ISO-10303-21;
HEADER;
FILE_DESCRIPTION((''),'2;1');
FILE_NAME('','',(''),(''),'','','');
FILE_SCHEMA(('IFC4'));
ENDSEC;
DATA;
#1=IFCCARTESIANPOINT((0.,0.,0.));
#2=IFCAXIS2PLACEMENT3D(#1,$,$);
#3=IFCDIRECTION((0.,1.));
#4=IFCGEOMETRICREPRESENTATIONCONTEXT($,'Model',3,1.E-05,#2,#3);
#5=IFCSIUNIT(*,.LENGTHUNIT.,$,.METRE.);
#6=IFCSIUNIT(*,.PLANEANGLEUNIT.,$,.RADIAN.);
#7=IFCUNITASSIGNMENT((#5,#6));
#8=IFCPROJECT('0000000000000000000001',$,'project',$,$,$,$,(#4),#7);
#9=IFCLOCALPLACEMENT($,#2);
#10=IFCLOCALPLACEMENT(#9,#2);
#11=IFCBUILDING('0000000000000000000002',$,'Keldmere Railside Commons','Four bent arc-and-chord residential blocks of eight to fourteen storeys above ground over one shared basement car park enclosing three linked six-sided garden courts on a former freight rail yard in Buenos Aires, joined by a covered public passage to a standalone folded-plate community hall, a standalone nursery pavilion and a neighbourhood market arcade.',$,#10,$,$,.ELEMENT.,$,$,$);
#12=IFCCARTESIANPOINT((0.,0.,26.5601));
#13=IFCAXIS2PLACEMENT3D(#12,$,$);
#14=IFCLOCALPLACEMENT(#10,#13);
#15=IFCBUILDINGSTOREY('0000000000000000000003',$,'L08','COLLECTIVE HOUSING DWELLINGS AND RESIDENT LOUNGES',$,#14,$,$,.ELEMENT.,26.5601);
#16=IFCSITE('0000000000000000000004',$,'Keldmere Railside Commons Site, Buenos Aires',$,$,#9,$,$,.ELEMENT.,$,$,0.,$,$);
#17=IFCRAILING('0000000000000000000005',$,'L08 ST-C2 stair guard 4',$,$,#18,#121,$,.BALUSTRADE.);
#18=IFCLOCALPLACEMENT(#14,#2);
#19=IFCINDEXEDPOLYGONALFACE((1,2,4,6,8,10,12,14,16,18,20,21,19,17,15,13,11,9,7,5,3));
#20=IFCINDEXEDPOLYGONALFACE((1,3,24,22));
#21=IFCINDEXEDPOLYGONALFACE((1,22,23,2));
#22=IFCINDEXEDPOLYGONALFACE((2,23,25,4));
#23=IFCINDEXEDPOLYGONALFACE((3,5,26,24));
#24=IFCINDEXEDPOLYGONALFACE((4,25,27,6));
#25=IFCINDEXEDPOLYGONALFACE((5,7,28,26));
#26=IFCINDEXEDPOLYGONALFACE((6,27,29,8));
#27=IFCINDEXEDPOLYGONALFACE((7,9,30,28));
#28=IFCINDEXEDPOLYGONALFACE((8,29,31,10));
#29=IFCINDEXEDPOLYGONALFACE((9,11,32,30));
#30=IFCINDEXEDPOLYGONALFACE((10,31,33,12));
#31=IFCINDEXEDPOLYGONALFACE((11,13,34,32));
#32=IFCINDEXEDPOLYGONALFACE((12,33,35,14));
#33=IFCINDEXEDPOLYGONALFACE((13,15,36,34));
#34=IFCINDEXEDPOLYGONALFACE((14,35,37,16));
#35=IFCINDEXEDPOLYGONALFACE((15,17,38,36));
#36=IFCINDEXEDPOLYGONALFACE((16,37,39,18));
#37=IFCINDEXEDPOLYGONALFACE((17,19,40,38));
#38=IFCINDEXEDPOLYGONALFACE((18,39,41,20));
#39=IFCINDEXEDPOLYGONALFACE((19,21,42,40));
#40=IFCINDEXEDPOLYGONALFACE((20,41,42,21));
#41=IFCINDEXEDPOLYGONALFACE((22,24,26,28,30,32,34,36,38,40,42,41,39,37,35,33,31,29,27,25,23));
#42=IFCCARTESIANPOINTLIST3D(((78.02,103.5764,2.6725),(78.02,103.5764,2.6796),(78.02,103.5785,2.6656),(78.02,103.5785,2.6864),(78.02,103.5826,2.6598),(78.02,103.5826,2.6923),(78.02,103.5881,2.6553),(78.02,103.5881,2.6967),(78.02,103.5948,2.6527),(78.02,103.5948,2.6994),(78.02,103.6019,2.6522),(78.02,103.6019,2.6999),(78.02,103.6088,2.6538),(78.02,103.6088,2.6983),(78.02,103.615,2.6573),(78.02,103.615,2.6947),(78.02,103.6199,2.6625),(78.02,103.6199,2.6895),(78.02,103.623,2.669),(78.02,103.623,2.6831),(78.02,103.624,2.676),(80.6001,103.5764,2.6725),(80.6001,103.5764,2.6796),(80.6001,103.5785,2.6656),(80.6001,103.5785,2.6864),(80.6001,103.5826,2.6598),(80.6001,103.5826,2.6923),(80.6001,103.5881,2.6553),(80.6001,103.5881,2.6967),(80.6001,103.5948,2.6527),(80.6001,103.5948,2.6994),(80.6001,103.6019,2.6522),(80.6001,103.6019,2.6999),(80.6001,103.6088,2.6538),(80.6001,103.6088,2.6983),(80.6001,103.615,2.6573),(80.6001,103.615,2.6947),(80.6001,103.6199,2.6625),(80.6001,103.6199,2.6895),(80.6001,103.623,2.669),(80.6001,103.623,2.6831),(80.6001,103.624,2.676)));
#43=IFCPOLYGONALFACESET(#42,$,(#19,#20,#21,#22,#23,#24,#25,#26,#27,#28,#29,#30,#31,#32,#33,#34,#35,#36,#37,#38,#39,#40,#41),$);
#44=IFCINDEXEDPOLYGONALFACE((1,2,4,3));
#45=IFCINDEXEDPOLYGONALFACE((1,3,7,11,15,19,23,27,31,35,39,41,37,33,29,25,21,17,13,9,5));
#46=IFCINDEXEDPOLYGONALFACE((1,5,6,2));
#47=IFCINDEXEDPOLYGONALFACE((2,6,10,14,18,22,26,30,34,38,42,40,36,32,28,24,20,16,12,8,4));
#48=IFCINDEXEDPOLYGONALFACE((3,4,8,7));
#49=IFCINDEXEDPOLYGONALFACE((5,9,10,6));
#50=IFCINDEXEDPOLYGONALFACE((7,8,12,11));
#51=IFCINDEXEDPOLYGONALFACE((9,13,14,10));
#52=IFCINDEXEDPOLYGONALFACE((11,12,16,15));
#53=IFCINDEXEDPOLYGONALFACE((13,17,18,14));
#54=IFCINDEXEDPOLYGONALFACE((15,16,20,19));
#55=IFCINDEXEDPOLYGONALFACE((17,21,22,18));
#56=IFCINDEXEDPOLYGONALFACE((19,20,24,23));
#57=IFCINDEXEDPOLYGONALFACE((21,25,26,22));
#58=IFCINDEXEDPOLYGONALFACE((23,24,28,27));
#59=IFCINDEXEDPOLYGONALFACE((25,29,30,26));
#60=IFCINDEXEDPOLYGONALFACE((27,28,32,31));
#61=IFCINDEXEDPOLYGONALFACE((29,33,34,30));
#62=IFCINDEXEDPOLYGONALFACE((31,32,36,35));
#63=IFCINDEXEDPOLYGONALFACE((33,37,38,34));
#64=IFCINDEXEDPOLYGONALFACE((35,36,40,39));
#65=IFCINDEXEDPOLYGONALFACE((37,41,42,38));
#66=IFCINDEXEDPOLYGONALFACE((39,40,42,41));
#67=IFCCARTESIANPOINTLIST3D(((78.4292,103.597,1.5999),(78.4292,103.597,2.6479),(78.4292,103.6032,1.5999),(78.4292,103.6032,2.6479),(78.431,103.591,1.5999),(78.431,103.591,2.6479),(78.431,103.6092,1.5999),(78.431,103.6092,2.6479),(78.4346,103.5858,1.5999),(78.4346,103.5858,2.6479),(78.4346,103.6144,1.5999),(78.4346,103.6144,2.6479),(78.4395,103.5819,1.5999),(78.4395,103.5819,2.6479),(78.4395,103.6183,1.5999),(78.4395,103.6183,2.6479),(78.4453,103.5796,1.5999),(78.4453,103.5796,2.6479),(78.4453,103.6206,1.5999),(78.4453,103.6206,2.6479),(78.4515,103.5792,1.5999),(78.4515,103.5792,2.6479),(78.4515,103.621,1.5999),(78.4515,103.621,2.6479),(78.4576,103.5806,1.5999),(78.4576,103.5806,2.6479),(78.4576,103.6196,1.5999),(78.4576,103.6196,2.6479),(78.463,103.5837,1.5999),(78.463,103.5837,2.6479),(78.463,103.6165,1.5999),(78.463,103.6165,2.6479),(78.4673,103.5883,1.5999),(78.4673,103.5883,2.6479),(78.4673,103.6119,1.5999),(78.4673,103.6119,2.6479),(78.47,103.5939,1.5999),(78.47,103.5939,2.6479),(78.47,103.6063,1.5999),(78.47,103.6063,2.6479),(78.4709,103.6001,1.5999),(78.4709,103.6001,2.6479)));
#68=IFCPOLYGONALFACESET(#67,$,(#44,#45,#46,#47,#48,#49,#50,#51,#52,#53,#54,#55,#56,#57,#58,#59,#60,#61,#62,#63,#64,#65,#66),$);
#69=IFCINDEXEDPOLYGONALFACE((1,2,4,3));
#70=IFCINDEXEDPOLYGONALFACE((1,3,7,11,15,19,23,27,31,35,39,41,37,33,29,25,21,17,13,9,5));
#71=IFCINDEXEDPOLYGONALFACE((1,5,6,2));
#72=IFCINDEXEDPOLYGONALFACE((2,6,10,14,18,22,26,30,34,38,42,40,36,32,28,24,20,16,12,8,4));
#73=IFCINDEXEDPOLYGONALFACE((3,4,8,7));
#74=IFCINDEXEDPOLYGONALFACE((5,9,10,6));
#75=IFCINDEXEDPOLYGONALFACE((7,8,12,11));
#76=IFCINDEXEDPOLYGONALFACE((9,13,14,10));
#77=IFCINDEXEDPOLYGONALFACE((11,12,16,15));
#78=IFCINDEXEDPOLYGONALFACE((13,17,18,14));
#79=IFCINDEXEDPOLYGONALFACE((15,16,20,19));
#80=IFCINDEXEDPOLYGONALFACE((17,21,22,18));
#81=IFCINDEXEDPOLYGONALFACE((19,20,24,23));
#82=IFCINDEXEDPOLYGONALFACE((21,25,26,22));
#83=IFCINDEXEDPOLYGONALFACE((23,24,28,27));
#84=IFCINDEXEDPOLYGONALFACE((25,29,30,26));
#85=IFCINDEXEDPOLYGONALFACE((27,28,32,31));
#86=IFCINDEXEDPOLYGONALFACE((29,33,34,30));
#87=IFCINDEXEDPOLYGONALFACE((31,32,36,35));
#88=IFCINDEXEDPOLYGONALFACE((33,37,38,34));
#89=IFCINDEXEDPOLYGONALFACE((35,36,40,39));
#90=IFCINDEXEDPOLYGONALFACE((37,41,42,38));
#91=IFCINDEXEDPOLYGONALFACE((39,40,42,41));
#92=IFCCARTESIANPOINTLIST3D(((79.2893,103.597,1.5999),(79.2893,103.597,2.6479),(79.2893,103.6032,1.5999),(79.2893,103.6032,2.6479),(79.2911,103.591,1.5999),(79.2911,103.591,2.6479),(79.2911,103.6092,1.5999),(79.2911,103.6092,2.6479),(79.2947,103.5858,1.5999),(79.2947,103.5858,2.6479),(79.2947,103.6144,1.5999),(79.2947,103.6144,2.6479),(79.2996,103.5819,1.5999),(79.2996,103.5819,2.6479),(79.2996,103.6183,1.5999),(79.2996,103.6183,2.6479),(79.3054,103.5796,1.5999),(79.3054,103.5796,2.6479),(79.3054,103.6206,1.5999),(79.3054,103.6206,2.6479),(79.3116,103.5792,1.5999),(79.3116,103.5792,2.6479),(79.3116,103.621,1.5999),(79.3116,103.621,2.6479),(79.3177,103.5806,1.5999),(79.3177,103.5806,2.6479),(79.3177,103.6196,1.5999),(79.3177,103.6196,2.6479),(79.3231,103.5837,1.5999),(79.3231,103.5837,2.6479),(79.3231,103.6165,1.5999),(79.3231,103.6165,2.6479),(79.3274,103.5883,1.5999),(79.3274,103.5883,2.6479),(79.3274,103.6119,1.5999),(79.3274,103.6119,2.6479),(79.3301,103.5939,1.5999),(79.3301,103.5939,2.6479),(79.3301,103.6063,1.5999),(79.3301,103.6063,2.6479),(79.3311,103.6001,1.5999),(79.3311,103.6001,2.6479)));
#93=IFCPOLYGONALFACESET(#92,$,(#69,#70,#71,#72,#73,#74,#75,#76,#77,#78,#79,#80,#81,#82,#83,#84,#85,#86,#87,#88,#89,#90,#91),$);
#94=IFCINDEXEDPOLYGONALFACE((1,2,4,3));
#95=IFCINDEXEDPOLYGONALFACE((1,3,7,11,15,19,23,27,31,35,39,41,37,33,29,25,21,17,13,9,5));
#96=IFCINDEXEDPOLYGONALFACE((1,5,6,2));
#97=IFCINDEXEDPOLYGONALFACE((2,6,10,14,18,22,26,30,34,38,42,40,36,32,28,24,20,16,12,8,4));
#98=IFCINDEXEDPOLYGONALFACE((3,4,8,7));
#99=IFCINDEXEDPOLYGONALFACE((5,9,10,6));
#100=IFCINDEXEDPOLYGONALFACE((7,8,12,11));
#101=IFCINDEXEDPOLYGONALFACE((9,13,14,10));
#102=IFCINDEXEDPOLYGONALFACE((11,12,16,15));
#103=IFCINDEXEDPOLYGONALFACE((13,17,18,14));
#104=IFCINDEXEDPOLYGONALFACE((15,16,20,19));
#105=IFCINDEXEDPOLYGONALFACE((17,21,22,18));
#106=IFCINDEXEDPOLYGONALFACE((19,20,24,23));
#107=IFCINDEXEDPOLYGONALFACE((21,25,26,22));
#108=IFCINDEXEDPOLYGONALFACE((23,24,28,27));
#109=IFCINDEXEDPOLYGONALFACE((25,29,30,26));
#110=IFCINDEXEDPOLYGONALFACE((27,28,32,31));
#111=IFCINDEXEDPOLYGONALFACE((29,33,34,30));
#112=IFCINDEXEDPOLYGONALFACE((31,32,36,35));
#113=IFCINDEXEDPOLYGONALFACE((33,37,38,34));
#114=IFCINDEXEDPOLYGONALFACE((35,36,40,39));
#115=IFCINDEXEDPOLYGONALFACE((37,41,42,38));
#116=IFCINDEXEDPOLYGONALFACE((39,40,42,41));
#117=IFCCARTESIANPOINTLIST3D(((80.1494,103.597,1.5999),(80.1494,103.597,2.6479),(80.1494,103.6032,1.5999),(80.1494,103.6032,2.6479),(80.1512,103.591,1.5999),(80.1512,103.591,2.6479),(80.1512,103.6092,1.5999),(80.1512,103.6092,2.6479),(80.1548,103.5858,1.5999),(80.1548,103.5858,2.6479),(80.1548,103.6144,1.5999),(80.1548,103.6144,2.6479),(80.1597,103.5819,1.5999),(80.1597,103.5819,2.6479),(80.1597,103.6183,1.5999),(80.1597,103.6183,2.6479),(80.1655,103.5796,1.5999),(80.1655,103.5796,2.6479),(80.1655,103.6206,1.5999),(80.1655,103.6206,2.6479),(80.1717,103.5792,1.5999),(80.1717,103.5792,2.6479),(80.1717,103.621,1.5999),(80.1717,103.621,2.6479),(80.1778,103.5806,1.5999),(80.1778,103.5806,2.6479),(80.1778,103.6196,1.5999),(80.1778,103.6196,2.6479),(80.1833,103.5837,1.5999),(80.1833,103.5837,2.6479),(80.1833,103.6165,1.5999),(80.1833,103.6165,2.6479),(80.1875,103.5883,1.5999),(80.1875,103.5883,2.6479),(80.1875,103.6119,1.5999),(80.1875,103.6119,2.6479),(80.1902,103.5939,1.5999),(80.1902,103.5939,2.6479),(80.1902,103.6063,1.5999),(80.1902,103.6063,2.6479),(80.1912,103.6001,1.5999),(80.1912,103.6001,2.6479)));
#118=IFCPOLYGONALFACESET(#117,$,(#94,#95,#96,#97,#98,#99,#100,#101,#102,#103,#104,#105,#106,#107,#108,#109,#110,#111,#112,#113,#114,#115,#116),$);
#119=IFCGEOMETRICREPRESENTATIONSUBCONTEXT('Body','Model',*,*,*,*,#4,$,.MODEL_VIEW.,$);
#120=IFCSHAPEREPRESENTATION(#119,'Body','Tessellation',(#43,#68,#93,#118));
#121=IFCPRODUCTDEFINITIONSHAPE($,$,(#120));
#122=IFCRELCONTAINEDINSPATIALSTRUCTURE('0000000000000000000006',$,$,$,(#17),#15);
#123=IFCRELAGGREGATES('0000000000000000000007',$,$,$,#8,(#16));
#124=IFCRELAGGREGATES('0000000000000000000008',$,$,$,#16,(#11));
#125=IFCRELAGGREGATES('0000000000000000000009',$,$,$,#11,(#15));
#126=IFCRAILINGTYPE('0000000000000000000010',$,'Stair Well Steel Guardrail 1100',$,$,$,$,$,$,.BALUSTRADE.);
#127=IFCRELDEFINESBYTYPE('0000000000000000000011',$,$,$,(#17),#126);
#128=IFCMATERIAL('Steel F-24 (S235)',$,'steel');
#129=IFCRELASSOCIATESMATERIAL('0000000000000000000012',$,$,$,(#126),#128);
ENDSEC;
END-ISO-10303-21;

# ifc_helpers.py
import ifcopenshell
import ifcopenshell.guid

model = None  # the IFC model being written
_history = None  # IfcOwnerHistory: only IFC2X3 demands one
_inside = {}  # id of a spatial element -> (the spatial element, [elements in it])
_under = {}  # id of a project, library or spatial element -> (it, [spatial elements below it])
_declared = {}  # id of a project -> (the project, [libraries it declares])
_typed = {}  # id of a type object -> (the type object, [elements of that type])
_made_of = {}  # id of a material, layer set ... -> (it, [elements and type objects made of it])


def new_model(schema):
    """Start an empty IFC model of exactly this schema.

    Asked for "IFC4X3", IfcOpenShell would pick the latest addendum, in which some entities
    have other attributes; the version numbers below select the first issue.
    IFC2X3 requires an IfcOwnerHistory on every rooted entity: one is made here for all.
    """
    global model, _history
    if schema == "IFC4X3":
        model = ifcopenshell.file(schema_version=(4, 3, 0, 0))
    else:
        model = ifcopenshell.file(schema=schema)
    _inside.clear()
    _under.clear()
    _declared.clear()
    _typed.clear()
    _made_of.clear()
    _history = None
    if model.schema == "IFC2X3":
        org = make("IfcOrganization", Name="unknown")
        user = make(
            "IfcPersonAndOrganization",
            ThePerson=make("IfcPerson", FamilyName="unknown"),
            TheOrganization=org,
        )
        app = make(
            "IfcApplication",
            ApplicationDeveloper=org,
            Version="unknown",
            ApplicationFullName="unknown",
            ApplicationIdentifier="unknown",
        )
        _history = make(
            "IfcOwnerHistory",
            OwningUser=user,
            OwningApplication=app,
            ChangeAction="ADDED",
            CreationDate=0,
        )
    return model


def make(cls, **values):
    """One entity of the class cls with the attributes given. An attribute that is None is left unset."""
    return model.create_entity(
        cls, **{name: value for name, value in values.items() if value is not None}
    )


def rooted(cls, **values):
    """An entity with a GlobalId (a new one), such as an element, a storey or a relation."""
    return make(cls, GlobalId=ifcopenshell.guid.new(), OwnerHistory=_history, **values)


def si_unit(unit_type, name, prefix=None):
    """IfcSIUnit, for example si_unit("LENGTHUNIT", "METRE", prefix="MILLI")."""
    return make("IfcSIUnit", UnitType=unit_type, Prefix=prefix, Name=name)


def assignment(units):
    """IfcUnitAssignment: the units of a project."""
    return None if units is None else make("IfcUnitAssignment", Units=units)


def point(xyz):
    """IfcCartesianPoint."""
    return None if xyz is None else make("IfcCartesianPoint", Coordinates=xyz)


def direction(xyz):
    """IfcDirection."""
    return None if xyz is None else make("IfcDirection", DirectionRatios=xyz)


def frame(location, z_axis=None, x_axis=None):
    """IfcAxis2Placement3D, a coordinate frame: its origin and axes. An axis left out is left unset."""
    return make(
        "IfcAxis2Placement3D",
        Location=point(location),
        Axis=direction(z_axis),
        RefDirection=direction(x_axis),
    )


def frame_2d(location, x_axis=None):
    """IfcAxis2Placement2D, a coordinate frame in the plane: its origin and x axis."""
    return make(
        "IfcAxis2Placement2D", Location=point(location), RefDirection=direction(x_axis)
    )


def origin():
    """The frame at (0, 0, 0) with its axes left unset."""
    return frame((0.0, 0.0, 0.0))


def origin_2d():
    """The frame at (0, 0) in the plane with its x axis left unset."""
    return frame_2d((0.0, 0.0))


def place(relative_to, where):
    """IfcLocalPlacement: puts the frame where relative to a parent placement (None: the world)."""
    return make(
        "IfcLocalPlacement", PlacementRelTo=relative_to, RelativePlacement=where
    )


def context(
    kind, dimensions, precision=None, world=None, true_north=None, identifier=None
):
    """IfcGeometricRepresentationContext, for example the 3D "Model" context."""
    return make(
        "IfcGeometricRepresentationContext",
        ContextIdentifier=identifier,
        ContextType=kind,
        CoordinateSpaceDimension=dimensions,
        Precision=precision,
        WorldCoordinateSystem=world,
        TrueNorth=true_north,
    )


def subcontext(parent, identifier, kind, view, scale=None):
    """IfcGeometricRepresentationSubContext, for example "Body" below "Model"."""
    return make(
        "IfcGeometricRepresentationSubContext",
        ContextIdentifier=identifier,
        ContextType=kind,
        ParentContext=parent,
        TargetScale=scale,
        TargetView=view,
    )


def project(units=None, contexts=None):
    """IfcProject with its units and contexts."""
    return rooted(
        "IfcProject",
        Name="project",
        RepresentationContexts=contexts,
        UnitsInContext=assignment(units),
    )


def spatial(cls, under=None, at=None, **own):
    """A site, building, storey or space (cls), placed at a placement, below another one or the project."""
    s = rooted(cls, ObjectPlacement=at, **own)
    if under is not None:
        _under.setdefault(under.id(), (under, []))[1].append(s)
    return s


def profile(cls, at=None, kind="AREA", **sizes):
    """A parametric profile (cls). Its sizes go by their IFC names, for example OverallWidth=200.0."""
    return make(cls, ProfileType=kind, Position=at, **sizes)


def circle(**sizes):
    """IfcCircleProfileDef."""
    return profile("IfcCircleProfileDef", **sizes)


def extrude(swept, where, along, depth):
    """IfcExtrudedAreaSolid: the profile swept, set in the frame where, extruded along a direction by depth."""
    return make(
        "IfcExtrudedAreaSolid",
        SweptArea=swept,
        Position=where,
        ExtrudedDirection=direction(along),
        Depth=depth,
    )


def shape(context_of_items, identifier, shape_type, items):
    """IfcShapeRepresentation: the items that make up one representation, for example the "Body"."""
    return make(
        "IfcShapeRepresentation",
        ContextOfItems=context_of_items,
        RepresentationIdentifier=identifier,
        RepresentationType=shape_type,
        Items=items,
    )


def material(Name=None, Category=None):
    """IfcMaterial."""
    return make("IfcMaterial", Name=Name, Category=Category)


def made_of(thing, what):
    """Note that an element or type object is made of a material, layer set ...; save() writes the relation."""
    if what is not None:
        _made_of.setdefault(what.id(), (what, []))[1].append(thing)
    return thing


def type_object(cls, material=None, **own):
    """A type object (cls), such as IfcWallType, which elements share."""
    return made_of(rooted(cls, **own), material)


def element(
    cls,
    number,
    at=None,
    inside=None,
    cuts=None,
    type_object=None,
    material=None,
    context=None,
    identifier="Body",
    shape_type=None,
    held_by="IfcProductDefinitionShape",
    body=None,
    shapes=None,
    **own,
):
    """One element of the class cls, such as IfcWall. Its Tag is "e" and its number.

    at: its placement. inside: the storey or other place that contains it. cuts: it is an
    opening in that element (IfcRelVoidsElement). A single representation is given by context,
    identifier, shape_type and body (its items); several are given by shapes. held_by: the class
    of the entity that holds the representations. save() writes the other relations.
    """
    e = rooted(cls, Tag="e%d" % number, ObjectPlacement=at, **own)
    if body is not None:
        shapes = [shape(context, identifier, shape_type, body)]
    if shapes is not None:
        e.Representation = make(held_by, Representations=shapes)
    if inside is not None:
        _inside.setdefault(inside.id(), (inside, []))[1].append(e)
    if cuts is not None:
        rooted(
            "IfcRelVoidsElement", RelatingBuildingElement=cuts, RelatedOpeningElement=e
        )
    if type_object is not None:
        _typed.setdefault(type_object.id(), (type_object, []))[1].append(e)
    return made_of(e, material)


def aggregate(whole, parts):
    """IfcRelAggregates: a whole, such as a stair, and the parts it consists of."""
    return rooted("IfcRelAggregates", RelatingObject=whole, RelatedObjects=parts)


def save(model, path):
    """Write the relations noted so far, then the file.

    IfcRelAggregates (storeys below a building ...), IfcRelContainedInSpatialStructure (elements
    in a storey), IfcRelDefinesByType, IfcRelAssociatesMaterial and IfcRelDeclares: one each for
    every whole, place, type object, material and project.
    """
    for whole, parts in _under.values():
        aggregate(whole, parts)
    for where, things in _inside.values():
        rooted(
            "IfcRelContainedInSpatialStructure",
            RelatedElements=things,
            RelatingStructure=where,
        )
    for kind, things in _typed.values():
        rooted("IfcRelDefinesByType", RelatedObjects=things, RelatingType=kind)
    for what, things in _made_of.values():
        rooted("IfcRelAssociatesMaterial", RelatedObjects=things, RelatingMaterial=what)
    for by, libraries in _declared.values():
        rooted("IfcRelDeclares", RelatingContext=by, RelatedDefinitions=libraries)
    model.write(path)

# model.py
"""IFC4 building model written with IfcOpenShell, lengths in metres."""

from ifc_helpers import new_model, si_unit, direction, frame, origin, origin_2d, place, context, subcontext, project, spatial, circle, extrude, material, type_object, element, save


model = new_model("IFC4")

# Units and contexts
model_context = context("Model", 3, precision=1e-05, world=origin(), true_north=direction((0.0, 1.0)))
body_context = subcontext(model_context, "Body", "Model", "MODEL_VIEW")
ifc_project = project(units=[si_unit("LENGTHUNIT", "METRE"), si_unit("PLANEANGLEUNIT", "RADIAN")], contexts=[model_context])

# Site, building, storey
site_placement = place(None, origin())
site = spatial("IfcSite", under=ifc_project, at=site_placement, Name="Keldmere Railside Commons Site, Buenos Aires", CompositionType="ELEMENT", RefElevation=0.0)
building_placement = place(site_placement, origin())
building = spatial("IfcBuilding", under=site, at=building_placement, Name="Keldmere Railside Commons", Description="Four bent arc-and-chord residential blocks of eight to fourteen storeys above ground over one shared basement car park enclosing three linked six-sided garden courts on a former freight rail yard in Buenos Aires, joined by a covered public passage to a standalone folded-plate community hall, a standalone nursery pavilion and a neighbourhood market arcade.", CompositionType="ELEMENT")
storey_placement = place(building_placement, frame((0.0, 0.0, 26.5601)))
storey = spatial("IfcBuildingStorey", under=building, at=storey_placement, Name="L08", Description="COLLECTIVE HOUSING DWELLINGS AND RESIDENT LOUNGES", CompositionType="ELEMENT", Elevation=26.5601)

# Shared definitions
ifc_material_1 = material(Name="Steel F-24 (S235)", Category="steel")

# Railing
railing_type_1 = type_object("IfcRailingType", Name="Stair Well Steel Guardrail 1100", PredefinedType="BALUSTRADE", material=ifc_material_1)
for number, where, name in (
    (1, (78.02, 103.6001, 1.5999), "L08 ST-C2 stair guard 4"),
):
    element("IfcRailing", number, at=place(storey_placement, frame(where)), inside=storey, type_object=railing_type_1, Name=name, PredefinedType="BALUSTRADE", context=body_context, shape_type="SweptSolid", body=[
        extrude(circle(Radius=0.0239, at=origin_2d()), frame((0.0, 0.0, 1.0762), z_axis=(1.0, 0.0, 0.0), x_axis=(0.0, 1.0, 0.0)), (0.0, 0.0, 1.0), 2.5801),
        extrude(circle(Radius=0.021, at=origin_2d()), frame((0.4299, 0.0, 0.0)), (0.0, 0.0, 1.0), 1.0481),
        extrude(circle(Radius=0.021, at=origin_2d()), frame((1.29, 0.0, 0.0)), (0.0, 0.0, 1.0), 1.0481),
        extrude(circle(Radius=0.021, at=origin_2d()), frame((2.1501, 0.0, 0.0)), (0.0, 0.0, 1.0), 1.0481),
    ])

save(model, "model.ifc")
